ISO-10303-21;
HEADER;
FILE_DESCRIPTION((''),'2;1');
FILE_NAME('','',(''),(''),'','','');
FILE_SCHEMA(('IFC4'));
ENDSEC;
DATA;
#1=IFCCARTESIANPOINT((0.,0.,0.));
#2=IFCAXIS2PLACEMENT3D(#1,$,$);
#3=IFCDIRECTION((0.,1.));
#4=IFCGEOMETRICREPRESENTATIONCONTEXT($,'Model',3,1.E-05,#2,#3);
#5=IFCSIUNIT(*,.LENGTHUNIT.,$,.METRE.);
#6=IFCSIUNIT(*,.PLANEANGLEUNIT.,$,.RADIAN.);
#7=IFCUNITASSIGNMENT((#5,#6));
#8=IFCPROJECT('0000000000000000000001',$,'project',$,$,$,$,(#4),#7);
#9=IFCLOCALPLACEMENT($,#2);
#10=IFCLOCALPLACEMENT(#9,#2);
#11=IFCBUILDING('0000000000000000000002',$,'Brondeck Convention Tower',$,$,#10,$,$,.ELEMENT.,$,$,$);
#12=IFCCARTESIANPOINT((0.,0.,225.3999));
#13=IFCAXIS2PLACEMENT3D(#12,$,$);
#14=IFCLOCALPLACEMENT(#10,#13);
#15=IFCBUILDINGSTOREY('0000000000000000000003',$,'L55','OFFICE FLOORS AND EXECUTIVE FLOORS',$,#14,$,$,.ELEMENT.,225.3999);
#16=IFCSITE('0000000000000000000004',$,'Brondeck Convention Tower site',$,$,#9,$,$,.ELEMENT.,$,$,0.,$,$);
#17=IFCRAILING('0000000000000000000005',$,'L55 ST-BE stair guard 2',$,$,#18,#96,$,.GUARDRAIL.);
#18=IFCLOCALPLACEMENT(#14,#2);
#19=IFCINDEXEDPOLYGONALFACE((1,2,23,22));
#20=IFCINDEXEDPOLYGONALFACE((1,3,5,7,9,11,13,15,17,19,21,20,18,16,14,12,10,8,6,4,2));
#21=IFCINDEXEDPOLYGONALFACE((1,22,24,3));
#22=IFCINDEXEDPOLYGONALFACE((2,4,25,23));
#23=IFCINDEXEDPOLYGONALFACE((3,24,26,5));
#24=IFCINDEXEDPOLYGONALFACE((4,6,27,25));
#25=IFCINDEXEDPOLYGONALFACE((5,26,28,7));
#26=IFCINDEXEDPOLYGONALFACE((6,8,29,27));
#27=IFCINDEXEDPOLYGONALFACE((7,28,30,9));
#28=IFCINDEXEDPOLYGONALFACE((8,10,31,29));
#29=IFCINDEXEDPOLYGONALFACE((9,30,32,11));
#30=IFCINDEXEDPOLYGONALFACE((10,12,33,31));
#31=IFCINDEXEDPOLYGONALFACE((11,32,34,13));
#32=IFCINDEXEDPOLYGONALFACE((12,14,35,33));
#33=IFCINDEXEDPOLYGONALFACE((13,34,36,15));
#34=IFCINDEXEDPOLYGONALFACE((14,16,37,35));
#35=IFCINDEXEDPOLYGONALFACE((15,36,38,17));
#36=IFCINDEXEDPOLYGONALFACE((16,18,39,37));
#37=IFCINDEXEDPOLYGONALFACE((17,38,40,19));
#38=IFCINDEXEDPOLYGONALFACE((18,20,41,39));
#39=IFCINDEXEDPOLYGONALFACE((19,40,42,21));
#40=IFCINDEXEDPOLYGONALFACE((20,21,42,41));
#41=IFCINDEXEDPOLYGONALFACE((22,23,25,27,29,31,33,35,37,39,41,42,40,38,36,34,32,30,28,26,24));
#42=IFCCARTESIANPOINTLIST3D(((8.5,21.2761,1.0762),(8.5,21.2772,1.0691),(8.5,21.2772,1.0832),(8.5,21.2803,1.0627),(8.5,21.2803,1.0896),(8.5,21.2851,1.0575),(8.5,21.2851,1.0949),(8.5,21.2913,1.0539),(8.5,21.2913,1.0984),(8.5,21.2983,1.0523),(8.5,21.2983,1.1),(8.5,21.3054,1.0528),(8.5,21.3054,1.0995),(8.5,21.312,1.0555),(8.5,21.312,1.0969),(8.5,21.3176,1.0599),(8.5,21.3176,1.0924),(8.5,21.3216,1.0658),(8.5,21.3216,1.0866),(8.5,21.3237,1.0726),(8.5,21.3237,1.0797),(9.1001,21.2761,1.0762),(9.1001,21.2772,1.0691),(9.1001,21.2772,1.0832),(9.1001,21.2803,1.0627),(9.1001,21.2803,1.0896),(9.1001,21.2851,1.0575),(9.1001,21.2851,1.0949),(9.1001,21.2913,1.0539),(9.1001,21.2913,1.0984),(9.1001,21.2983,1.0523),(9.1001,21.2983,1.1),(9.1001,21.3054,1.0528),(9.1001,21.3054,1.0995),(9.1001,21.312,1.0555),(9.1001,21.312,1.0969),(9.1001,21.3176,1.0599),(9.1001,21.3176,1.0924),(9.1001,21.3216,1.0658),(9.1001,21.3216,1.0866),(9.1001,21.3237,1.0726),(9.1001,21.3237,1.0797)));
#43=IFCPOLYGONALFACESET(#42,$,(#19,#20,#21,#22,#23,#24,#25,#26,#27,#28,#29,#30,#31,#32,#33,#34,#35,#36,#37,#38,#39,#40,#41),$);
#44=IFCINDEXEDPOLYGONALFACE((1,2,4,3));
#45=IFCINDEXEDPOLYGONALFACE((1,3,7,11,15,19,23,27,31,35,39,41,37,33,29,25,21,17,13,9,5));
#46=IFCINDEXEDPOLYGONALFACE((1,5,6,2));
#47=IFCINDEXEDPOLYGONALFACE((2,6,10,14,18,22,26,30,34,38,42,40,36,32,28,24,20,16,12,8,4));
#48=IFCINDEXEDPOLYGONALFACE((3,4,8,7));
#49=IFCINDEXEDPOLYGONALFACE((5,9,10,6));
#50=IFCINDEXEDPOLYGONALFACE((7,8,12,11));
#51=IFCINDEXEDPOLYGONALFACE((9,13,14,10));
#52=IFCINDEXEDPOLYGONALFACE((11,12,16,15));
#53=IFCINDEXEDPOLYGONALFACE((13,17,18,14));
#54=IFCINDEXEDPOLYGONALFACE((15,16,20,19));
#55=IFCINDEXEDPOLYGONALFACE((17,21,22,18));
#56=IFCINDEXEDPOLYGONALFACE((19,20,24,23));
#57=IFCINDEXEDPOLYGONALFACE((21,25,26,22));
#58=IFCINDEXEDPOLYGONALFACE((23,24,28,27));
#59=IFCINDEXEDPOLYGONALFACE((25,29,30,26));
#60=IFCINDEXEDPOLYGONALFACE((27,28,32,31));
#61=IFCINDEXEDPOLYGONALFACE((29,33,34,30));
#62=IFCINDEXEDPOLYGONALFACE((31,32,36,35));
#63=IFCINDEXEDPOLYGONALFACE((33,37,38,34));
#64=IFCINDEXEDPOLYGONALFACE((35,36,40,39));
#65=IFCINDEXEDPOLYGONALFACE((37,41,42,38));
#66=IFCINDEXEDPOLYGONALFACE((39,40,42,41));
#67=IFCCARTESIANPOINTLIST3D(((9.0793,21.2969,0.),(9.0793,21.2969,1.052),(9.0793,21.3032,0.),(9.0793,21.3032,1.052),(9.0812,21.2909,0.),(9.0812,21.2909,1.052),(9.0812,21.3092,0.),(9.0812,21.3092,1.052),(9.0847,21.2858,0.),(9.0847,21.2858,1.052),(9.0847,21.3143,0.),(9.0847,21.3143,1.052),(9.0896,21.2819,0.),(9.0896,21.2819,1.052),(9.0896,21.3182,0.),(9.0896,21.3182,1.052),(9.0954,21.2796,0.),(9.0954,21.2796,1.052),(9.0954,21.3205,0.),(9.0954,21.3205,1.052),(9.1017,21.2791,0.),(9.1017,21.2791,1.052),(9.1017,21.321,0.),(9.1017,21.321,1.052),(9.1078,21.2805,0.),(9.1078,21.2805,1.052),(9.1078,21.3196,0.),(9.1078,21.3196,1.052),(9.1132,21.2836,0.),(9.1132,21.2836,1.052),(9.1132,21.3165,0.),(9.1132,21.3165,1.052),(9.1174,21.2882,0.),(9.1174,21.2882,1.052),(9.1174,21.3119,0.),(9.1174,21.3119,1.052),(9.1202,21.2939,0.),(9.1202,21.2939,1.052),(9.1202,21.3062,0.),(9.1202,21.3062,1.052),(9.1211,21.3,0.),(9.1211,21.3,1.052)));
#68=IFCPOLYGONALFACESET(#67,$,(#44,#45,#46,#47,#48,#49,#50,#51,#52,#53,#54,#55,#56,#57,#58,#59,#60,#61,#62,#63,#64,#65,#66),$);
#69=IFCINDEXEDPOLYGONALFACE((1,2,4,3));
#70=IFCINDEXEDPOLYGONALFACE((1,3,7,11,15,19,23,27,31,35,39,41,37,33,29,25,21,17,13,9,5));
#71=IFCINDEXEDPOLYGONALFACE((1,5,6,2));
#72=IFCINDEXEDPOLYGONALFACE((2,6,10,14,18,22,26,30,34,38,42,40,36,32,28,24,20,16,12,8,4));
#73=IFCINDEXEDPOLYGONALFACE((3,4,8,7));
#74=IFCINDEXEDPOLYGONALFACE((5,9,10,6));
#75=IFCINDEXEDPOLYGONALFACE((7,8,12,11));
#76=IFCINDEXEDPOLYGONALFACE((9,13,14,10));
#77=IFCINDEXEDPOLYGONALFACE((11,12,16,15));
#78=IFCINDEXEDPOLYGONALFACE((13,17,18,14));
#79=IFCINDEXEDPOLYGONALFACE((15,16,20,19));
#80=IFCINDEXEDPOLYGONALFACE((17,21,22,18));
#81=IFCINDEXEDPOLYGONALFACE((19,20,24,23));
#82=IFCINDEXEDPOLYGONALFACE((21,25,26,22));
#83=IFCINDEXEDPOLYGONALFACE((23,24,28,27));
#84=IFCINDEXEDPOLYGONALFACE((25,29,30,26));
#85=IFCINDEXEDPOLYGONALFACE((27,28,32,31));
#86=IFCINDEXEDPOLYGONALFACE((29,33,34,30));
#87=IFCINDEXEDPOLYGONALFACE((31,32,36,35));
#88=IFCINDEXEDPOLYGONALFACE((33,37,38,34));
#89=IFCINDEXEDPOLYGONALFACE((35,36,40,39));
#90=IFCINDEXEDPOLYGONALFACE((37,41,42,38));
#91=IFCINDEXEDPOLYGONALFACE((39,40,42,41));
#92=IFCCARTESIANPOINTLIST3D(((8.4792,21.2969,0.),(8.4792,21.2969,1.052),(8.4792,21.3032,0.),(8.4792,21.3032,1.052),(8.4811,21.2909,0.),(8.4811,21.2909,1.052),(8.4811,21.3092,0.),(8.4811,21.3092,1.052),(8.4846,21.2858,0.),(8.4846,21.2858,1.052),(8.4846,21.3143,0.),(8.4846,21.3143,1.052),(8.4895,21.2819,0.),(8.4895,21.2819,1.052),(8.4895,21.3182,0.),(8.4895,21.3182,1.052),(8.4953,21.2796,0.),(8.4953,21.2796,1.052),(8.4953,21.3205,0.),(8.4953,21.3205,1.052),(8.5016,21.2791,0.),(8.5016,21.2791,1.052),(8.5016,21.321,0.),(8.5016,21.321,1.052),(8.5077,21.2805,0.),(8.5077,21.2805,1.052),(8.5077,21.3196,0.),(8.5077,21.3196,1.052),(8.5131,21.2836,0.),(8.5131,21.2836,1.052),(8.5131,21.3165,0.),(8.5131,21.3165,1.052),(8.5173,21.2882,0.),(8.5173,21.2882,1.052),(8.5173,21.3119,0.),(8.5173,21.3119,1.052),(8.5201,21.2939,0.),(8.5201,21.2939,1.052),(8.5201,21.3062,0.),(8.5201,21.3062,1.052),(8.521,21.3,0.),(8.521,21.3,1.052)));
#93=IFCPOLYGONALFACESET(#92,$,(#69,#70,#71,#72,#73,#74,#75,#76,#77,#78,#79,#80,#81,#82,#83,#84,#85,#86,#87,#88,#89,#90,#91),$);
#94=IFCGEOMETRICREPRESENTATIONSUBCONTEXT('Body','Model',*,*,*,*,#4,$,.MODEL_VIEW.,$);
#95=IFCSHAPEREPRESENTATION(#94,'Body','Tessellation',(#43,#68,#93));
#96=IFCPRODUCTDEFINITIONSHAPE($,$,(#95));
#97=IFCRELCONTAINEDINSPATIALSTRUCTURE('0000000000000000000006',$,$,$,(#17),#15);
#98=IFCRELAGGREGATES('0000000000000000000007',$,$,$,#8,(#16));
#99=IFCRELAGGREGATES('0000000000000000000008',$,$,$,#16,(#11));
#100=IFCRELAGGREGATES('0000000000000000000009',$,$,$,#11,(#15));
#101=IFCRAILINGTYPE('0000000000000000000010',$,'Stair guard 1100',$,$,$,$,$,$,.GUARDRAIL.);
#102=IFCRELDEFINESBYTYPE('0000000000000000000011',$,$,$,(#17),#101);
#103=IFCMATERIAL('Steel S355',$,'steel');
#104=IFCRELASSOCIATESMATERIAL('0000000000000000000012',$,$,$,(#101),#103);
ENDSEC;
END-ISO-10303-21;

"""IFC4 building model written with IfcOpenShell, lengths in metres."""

from ifc_helpers import new_model, si_unit, direction, frame, origin, origin_2d, place, context, subcontext, project, spatial, circle, extrude, material, type_object, element, save


model = new_model("IFC4")

# Units and contexts
model_context = context("Model", 3, precision=1e-05, world=origin(), true_north=direction((0.0, 1.0)))
body_context = subcontext(model_context, "Body", "Model", "MODEL_VIEW")
ifc_project = project(units=[si_unit("LENGTHUNIT", "METRE"), si_unit("PLANEANGLEUNIT", "RADIAN")], contexts=[model_context])

# Site, building, storey
site_placement = place(None, origin())
site = spatial("IfcSite", under=ifc_project, at=site_placement, Name="Brondeck Convention Tower site", CompositionType="ELEMENT", RefElevation=0.0)
building_placement = place(site_placement, origin())
building = spatial("IfcBuilding", under=site, at=building_placement, Name="Brondeck Convention Tower", CompositionType="ELEMENT")
storey_placement = place(building_placement, frame((0.0, 0.0, 225.3999)))
storey = spatial("IfcBuildingStorey", under=building, at=storey_placement, Name="L55", Description="OFFICE FLOORS AND EXECUTIVE FLOORS", CompositionType="ELEMENT", Elevation=225.3999)

# Railing
ifc_material_1 = material(Name="Steel S355", Category="steel")
railing_type = type_object("IfcRailingType", Name="Stair guard 1100", PredefinedType="GUARDRAIL", material=ifc_material_1)
railing_placement = place(storey_placement, frame((9.1001, 21.3, 0.0)))
element("IfcRailing", 1, at=railing_placement, inside=storey, type_object=railing_type, Name="L55 ST-BE stair guard 2", PredefinedType="GUARDRAIL", context=body_context, shape_type="SweptSolid", body=[
    extrude(circle(Radius=0.0239, at=origin_2d()), frame((0.0, 0.0, 1.0762), z_axis=(-1.0, 0.0, 0.0), x_axis=(0.0, -1.0, 0.0)), (0.0, 0.0, 1.0), 0.6001),
    extrude(circle(Radius=0.021, at=origin_2d()), origin(), (0.0, 0.0, 1.0), 1.052),
    extrude(circle(Radius=0.021, at=origin_2d()), frame((-0.6001, 0.0, 0.0)), (0.0, 0.0, 1.0), 1.052),
])

save(model, "model.ifc")
